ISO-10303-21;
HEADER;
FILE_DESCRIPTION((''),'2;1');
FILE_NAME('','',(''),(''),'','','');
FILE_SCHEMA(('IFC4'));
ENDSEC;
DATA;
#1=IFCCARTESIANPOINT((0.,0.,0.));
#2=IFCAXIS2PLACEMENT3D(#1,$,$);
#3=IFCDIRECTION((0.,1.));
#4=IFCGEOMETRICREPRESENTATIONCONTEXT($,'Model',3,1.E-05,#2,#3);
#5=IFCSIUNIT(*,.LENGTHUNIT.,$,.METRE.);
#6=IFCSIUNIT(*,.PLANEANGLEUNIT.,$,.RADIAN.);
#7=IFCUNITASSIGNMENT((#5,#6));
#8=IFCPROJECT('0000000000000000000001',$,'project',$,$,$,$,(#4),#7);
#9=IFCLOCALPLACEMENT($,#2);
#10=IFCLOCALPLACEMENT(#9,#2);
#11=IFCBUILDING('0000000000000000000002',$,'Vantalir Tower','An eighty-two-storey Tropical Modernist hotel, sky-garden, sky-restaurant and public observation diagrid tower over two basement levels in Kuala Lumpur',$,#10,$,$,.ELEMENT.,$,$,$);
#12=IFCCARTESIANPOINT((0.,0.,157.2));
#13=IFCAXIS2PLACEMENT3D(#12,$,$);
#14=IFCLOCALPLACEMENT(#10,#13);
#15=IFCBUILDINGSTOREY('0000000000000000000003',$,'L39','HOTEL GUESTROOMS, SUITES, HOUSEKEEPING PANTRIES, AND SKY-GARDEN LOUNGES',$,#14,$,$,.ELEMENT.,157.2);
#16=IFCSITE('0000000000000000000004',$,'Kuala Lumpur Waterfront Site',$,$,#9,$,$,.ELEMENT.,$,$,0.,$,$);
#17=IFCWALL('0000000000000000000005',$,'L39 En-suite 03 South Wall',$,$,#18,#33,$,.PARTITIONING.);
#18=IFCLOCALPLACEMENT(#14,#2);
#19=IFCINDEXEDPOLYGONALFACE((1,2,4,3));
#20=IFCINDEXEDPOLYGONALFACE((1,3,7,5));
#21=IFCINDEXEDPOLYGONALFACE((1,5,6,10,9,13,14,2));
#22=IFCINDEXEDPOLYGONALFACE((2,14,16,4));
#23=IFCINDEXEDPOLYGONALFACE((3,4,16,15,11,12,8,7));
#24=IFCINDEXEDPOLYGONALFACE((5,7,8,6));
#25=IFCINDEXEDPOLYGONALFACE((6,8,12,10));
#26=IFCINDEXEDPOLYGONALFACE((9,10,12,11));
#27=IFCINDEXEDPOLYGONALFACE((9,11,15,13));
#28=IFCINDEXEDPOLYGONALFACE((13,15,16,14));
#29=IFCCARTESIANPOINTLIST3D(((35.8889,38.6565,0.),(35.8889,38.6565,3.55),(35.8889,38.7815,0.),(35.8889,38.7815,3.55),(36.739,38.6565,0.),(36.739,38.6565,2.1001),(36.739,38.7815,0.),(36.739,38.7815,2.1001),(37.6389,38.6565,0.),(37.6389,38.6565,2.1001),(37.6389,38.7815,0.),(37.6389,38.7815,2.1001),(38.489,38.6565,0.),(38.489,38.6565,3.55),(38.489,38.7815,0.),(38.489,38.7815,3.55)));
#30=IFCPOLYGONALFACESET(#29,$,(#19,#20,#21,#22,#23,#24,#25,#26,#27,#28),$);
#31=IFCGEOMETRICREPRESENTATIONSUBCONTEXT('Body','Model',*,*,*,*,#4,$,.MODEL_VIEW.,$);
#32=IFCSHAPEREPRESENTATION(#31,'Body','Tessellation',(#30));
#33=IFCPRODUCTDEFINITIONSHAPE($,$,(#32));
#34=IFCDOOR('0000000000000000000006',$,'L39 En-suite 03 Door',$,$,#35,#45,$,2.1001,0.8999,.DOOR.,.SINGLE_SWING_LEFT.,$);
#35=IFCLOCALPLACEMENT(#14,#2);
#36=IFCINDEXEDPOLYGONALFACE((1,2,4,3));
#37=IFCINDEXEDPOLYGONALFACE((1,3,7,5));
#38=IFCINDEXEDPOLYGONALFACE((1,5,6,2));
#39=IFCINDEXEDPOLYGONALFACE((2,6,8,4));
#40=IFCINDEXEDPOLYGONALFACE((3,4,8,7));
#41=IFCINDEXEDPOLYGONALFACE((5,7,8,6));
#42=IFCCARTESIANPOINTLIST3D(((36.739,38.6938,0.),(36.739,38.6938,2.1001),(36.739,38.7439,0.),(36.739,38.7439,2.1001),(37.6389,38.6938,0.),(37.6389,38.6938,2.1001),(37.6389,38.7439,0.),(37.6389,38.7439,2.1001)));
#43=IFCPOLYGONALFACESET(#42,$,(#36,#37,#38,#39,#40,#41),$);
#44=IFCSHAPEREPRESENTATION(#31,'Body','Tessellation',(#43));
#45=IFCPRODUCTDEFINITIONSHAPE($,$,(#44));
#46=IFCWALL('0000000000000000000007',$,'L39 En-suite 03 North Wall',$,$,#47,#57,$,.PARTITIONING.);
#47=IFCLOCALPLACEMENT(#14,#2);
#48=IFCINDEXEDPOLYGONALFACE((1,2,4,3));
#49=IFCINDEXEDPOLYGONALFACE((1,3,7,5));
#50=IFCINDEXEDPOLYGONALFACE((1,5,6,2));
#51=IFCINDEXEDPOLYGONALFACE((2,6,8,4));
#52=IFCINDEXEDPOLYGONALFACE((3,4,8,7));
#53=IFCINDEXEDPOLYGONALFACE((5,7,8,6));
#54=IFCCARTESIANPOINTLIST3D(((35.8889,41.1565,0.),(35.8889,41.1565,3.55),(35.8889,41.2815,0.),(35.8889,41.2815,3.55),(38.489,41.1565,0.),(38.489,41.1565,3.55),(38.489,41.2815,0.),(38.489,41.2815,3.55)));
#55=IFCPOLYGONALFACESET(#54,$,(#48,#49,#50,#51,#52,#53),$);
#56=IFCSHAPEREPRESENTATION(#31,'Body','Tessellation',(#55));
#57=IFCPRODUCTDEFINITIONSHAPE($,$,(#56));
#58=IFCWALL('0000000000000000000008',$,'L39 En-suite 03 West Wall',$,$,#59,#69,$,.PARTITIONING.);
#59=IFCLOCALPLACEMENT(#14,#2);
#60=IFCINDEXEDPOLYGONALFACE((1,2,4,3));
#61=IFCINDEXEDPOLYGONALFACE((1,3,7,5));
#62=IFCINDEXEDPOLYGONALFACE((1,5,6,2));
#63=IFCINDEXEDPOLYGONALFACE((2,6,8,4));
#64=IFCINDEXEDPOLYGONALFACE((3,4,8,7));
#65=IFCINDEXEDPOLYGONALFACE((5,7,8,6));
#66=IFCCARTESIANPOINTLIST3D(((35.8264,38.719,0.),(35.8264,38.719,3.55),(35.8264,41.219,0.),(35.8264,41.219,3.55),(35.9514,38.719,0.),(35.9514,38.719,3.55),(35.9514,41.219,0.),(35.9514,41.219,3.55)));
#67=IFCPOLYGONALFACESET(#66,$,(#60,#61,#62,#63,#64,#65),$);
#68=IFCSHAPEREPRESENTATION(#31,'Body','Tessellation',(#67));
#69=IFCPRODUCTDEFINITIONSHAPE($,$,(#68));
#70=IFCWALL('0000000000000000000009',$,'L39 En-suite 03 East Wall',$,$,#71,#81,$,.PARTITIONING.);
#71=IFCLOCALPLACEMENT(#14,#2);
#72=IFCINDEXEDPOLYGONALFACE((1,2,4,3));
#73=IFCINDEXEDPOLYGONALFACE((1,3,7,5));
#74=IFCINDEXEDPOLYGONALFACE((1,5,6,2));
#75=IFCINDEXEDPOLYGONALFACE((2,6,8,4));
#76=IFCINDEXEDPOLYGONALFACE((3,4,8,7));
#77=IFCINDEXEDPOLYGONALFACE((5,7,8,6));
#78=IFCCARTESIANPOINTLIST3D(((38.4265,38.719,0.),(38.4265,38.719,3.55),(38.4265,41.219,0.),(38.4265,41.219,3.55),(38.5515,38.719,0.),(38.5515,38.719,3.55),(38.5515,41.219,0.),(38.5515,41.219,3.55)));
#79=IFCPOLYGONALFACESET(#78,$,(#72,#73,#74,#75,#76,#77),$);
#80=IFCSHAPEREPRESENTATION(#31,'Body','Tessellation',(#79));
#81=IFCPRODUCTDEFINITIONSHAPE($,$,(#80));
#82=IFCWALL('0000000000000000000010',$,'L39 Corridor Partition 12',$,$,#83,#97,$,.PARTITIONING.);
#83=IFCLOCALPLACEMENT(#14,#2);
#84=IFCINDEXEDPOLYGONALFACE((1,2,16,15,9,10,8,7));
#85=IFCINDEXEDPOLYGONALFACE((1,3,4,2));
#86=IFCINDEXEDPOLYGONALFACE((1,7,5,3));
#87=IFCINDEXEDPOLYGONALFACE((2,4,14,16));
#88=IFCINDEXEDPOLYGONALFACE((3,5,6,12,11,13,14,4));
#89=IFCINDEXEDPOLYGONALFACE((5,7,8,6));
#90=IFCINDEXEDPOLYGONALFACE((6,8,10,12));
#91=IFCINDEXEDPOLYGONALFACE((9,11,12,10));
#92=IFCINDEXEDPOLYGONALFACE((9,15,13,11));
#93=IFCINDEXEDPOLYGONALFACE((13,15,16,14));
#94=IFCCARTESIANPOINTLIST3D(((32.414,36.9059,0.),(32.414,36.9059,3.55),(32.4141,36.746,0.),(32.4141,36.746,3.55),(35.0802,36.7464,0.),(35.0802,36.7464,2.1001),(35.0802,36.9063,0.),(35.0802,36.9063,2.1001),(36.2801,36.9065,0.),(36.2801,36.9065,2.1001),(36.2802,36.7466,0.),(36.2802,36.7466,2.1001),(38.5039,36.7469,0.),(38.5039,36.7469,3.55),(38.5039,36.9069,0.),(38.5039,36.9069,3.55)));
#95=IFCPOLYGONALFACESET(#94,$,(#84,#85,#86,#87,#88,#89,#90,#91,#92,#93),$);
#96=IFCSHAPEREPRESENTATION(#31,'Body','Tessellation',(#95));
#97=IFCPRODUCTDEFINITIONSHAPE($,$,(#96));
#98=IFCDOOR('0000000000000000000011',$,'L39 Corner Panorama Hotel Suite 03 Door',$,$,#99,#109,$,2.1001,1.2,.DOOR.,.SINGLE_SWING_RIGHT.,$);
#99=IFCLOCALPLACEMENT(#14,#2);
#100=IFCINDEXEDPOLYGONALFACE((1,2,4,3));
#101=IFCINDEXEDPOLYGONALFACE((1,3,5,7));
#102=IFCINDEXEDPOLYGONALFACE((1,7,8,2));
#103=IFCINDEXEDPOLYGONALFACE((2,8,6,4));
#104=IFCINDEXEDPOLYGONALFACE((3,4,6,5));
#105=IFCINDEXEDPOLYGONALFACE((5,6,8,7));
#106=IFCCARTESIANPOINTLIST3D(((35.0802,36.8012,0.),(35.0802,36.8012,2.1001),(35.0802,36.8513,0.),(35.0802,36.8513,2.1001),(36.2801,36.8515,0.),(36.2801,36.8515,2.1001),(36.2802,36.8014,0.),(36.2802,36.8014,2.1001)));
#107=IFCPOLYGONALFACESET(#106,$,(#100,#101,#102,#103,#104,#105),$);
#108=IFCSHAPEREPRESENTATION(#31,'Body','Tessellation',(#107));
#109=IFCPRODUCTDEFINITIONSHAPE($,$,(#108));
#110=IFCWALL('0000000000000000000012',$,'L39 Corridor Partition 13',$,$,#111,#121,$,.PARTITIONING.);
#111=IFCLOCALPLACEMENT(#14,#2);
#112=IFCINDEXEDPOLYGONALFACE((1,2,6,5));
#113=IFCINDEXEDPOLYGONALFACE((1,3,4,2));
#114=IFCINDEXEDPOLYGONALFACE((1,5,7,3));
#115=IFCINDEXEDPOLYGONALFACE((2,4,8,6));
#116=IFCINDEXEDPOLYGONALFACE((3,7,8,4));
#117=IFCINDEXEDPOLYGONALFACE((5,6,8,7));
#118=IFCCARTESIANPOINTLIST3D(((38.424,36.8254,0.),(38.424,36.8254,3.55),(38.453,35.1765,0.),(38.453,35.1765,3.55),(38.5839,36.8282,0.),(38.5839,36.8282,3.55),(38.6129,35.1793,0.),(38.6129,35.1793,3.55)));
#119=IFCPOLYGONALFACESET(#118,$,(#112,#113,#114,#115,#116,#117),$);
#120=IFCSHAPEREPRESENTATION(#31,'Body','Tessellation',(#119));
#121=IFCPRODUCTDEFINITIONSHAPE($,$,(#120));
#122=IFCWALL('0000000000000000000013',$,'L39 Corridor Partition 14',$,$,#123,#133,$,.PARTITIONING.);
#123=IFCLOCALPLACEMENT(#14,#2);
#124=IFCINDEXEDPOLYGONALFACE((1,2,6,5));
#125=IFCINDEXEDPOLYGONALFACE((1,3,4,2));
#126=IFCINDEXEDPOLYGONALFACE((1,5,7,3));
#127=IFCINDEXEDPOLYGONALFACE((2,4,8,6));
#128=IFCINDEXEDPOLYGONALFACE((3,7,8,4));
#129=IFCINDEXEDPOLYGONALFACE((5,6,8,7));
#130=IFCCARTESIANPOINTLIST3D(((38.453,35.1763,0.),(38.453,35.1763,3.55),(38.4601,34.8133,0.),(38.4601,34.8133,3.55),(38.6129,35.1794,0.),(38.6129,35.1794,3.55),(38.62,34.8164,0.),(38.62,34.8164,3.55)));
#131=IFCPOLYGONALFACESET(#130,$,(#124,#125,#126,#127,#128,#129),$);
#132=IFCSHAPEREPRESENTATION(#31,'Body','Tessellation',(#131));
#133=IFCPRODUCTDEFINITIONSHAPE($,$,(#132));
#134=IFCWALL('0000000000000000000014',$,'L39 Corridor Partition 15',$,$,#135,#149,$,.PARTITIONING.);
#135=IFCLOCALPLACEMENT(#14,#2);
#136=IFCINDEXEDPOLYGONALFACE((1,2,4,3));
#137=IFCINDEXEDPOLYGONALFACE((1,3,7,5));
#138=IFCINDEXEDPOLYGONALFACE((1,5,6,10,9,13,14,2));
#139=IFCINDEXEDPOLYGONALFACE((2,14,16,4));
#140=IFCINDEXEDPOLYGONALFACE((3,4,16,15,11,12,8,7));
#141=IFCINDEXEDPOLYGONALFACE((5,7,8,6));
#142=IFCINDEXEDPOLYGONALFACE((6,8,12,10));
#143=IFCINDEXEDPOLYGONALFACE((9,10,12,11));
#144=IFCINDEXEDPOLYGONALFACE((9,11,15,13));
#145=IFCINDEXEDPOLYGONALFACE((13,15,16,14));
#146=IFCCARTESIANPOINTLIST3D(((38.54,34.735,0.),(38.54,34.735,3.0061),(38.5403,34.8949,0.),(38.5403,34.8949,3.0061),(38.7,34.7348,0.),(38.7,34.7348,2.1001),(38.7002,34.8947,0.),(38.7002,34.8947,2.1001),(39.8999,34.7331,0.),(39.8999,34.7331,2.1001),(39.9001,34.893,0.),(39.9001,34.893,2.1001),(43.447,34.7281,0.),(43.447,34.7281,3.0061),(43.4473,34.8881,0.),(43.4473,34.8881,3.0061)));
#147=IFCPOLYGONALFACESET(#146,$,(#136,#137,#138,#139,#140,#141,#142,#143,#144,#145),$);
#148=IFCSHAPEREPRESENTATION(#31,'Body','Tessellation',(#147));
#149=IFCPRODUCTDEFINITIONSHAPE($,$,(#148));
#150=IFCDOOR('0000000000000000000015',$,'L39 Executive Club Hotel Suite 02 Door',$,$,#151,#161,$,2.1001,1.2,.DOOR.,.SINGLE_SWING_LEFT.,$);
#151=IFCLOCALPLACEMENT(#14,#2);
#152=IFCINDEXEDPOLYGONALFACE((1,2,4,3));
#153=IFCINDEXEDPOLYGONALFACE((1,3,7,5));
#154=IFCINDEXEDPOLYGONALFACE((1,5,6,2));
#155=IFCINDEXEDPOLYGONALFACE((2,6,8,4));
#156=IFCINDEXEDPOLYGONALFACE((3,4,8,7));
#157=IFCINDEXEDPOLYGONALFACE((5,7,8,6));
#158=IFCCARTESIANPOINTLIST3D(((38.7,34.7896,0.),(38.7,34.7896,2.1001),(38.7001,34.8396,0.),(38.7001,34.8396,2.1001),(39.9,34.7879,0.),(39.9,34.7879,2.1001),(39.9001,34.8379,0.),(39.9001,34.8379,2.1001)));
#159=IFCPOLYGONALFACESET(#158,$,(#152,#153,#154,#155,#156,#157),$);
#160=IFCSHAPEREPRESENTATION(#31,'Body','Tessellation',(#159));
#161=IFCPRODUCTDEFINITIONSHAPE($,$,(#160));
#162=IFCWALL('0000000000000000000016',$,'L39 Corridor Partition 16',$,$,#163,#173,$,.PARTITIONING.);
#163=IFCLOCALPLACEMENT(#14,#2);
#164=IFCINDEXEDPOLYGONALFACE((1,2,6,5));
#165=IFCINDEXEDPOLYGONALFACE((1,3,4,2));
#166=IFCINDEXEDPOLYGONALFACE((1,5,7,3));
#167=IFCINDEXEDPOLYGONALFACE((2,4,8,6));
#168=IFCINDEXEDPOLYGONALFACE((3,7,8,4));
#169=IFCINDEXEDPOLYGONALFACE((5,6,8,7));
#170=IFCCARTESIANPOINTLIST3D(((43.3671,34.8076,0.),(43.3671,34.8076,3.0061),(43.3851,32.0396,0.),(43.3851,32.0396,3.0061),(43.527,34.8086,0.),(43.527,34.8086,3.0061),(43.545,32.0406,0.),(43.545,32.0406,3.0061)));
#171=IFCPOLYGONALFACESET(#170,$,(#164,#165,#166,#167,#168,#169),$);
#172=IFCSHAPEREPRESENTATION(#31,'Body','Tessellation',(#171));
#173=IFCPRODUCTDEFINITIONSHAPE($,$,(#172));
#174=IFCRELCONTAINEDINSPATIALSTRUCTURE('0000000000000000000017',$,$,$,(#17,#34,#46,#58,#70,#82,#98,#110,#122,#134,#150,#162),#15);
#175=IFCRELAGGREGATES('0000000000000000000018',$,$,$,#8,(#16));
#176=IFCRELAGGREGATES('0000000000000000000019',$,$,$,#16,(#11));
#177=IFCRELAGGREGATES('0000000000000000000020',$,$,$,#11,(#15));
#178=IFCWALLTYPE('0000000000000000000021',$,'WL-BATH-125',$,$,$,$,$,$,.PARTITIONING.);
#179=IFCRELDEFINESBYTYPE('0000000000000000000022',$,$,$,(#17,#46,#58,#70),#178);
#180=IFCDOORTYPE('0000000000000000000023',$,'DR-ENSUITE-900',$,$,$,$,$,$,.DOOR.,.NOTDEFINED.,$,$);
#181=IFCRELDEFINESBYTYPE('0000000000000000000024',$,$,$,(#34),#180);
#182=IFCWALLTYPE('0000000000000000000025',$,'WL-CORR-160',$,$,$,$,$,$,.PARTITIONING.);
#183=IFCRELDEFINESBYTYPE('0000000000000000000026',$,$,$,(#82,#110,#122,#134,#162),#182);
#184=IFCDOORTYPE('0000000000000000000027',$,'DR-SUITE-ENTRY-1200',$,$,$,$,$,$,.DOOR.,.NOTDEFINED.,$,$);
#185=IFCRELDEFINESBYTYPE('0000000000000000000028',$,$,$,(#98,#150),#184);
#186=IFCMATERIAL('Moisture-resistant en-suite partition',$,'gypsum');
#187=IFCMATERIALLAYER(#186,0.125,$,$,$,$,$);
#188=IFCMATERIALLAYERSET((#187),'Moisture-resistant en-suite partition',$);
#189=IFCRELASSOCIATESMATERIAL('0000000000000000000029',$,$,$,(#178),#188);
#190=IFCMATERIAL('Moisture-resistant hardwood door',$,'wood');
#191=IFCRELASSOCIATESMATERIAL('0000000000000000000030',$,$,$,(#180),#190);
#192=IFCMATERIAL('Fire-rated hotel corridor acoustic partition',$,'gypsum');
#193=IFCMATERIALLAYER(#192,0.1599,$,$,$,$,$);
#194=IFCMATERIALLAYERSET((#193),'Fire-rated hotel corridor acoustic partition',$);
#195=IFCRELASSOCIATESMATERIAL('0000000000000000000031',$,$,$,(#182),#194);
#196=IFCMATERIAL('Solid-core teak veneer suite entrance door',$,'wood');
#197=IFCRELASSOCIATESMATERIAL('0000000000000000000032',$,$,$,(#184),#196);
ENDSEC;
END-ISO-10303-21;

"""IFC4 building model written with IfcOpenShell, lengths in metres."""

from ifc_helpers import new_model, si_unit, direction, frame, frame_2d, origin, place, context, subcontext, project, spatial, rectangle, extrude, material, layer, layer_set, type_object, element, fill, save


model = new_model("IFC4")

# Units and contexts
model_context = context("Model", 3, precision=1e-05, world=origin(), true_north=direction((0.0, 1.0)))
body_context = subcontext(model_context, "Body", "Model", "MODEL_VIEW")
ifc_project = project(units=[si_unit("LENGTHUNIT", "METRE"), si_unit("PLANEANGLEUNIT", "RADIAN")], contexts=[model_context])

# Site, building, storey
site_placement = place(None, origin())
site = spatial("IfcSite", under=ifc_project, at=site_placement, Name="Kuala Lumpur Waterfront Site", CompositionType="ELEMENT", RefElevation=0.0)
building_placement = place(site_placement, origin())
building = spatial("IfcBuilding", under=site, at=building_placement, Name="Vantalir Tower", Description="An eighty-two-storey Tropical Modernist hotel, sky-garden, sky-restaurant and public observation diagrid tower over two basement levels in Kuala Lumpur", CompositionType="ELEMENT")
storey_placement = place(building_placement, frame((0.0, 0.0, 157.2)))
storey = spatial("IfcBuildingStorey", under=building, at=storey_placement, Name="L39", Description="HOTEL GUESTROOMS, SUITES, HOUSEKEEPING PANTRIES, AND SKY-GARDEN LOUNGES", CompositionType="ELEMENT", Elevation=157.2)

# Wall, opening, door
ifc_material_1 = material(Name="Moisture-resistant en-suite partition", Category="gypsum")
ifc_layer_1 = layer(ifc_material_1, 0.125)
ifc_layer_set_1 = layer_set([ifc_layer_1], Name="Moisture-resistant en-suite partition")
wall_type_1 = type_object("IfcWallType", Name="WL-BATH-125", PredefinedType="PARTITIONING", material=ifc_layer_set_1)
wall_1_placement = place(storey_placement, frame((35.8889, 38.719, 0.0), z_axis=(0.0, 0.0, 1.0), x_axis=(1.0, 0.0, 0.0)))
wall_1 = element("IfcWall", 1, at=wall_1_placement, inside=storey, type_object=wall_type_1, Name="L39 En-suite 03 South Wall", PredefinedType="PARTITIONING", context=body_context, shape_type="SweptSolid", body=[
    extrude(rectangle(XDim=2.6001, YDim=0.125, at=frame_2d((1.3, 0.0))), origin(), (0.0, 0.0, 1.0), 3.55),
])
opening_1_placement = place(wall_1_placement, frame((0.8501, 0.0, 0.0)))
opening_1 = element("IfcOpeningElement", 2, at=opening_1_placement, cuts=wall_1, PredefinedType="OPENING", context=body_context, shape_type="SweptSolid", body=[
    extrude(rectangle(XDim=0.8999, YDim=2.1001, at=frame_2d((0.45, 1.05))), frame((0.0, 0.0725, 0.0), z_axis=(0.0, -1.0, 0.0), x_axis=(1.0, 0.0, 0.0)), (0.0, 0.0, 1.0), 0.145),
])
ifc_material_2 = material(Name="Moisture-resistant hardwood door", Category="wood")
door_type_1 = type_object("IfcDoorType", Name="DR-ENSUITE-900", OperationType="NOTDEFINED", PredefinedType="DOOR", material=ifc_material_2)
door_1_placement = place(opening_1_placement, origin())
door_1 = element("IfcDoor", 3, at=door_1_placement, inside=storey, type_object=door_type_1, Name="L39 En-suite 03 Door", OperationType="SINGLE_SWING_LEFT", OverallHeight=2.1001, OverallWidth=0.8999, PredefinedType="DOOR", context=body_context, shape_type="SweptSolid", body=[
    extrude(rectangle(XDim=0.8999, YDim=2.1001, at=frame_2d((0.45, 1.05))), frame((0.0, 0.0249, 0.0), z_axis=(0.0, -1.0, 0.0), x_axis=(1.0, 0.0, 0.0)), (0.0, 0.0, 1.0), 0.05),
])
fill(opening_1, door_1)

# Walls
wall_2_placement = place(storey_placement, frame((35.8889, 41.219, 0.0), z_axis=(0.0, 0.0, 1.0), x_axis=(1.0, 0.0, 0.0)))
element("IfcWall", 4, at=wall_2_placement, inside=storey, type_object=wall_type_1, Name="L39 En-suite 03 North Wall", PredefinedType="PARTITIONING", context=body_context, shape_type="SweptSolid", body=[
    extrude(rectangle(XDim=2.6001, YDim=0.125, at=frame_2d((1.3, 0.0))), origin(), (0.0, 0.0, 1.0), 3.55),
])
for number, where, z_axis, x_axis, name in (
    (5, (35.8889, 38.719, 0.0), (0.0, 0.0, 1.0), (0.0, 1.0, 0.0), "L39 En-suite 03 West Wall"),
    (6, (38.489, 38.719, 0.0), (0.0, 0.0, 1.0), (0.0, 1.0, 0.0), "L39 En-suite 03 East Wall"),
):
    element("IfcWall", number, at=place(storey_placement, frame(where, z_axis=z_axis, x_axis=x_axis)), inside=storey, type_object=wall_type_1, Name=name, PredefinedType="PARTITIONING", context=body_context, shape_type="SweptSolid", body=[
        extrude(rectangle(XDim=2.5, YDim=0.125, at=frame_2d((1.25, 0.0))), origin(), (0.0, 0.0, 1.0), 3.55),
    ])

# Wall, opening, door
ifc_material_3 = material(Name="Fire-rated hotel corridor acoustic partition", Category="gypsum")
ifc_layer_2 = layer(ifc_material_3, 0.1599)
ifc_layer_set_2 = layer_set([ifc_layer_2], Name="Fire-rated hotel corridor acoustic partition")
wall_type_2 = type_object("IfcWallType", Name="WL-CORR-160", PredefinedType="PARTITIONING", material=ifc_layer_set_2)
wall_3_placement = place(storey_placement, frame((32.4141, 36.8259, 0.0), z_axis=(0.0, 0.0, 1.0), x_axis=(1.0, 0.00016, 0.0)))
wall_3 = element("IfcWall", 7, at=wall_3_placement, inside=storey, type_object=wall_type_2, Name="L39 Corridor Partition 12", PredefinedType="PARTITIONING", context=body_context, shape_type="SweptSolid", body=[
    extrude(rectangle(XDim=6.0898, YDim=0.1599, at=frame_2d((3.0449, 0.0))), origin(), (0.0, 0.0, 1.0), 3.55),
])
opening_2_placement = place(wall_3_placement, frame((2.666, 0.0, 0.0)))
opening_2 = element("IfcOpeningElement", 8, at=opening_2_placement, cuts=wall_3, PredefinedType="OPENING", context=body_context, shape_type="SweptSolid", body=[
    extrude(rectangle(XDim=1.2, YDim=2.1001, at=frame_2d((0.6001, 1.05))), frame((0.0, 0.0898, 0.0), z_axis=(0.0, -1.0, 0.0), x_axis=(1.0, 0.0, 0.0)), (0.0, 0.0, 1.0), 0.1799),
])
ifc_material_4 = material(Name="Solid-core teak veneer suite entrance door", Category="wood")
door_type_2 = type_object("IfcDoorType", Name="DR-SUITE-ENTRY-1200", OperationType="NOTDEFINED", PredefinedType="DOOR", material=ifc_material_4)
door_2_placement = place(opening_2_placement, origin())
door_2 = element("IfcDoor", 9, at=door_2_placement, inside=storey, type_object=door_type_2, Name="L39 Corner Panorama Hotel Suite 03 Door", OperationType="SINGLE_SWING_RIGHT", OverallHeight=2.1001, OverallWidth=1.2, PredefinedType="DOOR", context=body_context, shape_type="SweptSolid", body=[
    extrude(rectangle(XDim=1.2, YDim=2.1001, at=frame_2d((0.6001, 1.05))), frame((0.0, 0.0249, 0.0), z_axis=(0.0, -1.0, 0.0), x_axis=(1.0, 0.0, 0.0)), (0.0, 0.0, 1.0), 0.05),
])
fill(opening_2, door_2)

# Walls
wall_4_placement = place(storey_placement, frame((38.5039, 36.8269, 0.0), z_axis=(0.0, 0.0, 1.0), x_axis=(0.017616, -0.999845, 0.0)))
element("IfcWall", 10, at=wall_4_placement, inside=storey, type_object=wall_type_2, Name="L39 Corridor Partition 13", PredefinedType="PARTITIONING", context=body_context, shape_type="SweptSolid", body=[
    extrude(rectangle(XDim=1.6492, YDim=0.1599, at=frame_2d((0.8247, 0.0))), origin(), (0.0, 0.0, 1.0), 3.55),
])
wall_5_placement = place(storey_placement, frame((38.533, 35.178, 0.0), z_axis=(0.0, 0.0, 1.0), x_axis=(0.019499, -0.99981, 0.0)))
element("IfcWall", 11, at=wall_5_placement, inside=storey, type_object=wall_type_2, Name="L39 Corridor Partition 14", PredefinedType="PARTITIONING", context=body_context, shape_type="SweptSolid", body=[
    extrude(rectangle(XDim=0.363, YDim=0.1599, at=frame_2d((0.1816, 0.0))), origin(), (0.0, 0.0, 1.0), 3.55),
])

# Wall, opening, door
wall_6_placement = place(storey_placement, frame((38.54, 34.8149, 0.0), z_axis=(0.0, 0.0, 1.0), x_axis=(0.999999, -0.001393, 0.0)))
wall_6 = element("IfcWall", 12, at=wall_6_placement, inside=storey, type_object=wall_type_2, Name="L39 Corridor Partition 15", PredefinedType="PARTITIONING", context=body_context, shape_type="SweptSolid", body=[
    extrude(rectangle(XDim=4.907, YDim=0.1599, at=frame_2d((2.4536, 0.0))), origin(), (0.0, 0.0, 1.0), 3.0061),
])
opening_3_placement = place(wall_6_placement, frame((0.1599, 0.0, 0.0)))
opening_3 = element("IfcOpeningElement", 13, at=opening_3_placement, cuts=wall_6, PredefinedType="OPENING", context=body_context, shape_type="SweptSolid", body=[
    extrude(rectangle(XDim=1.2, YDim=2.1001, at=frame_2d((0.6001, 1.05))), frame((0.0, 0.0898, 0.0), z_axis=(0.0, -1.0, 0.0), x_axis=(1.0, 0.0, 0.0)), (0.0, 0.0, 1.0), 0.1799),
])
door_3_placement = place(opening_3_placement, origin())
door_3 = element("IfcDoor", 14, at=door_3_placement, inside=storey, type_object=door_type_2, Name="L39 Executive Club Hotel Suite 02 Door", OperationType="SINGLE_SWING_LEFT", OverallHeight=2.1001, OverallWidth=1.2, PredefinedType="DOOR", context=body_context, shape_type="SweptSolid", body=[
    extrude(rectangle(XDim=1.2, YDim=2.1001, at=frame_2d((0.6001, 1.05))), frame((0.0, 0.0249, 0.0), z_axis=(0.0, -1.0, 0.0), x_axis=(1.0, 0.0, 0.0)), (0.0, 0.0, 1.0), 0.05),
])
fill(opening_3, door_3)

# Wall
wall_7_placement = place(storey_placement, frame((43.447, 34.8081, 0.0), z_axis=(0.0, 0.0, 1.0), x_axis=(0.006527, -0.999979, 0.0)))
element("IfcWall", 15, at=wall_7_placement, inside=storey, type_object=wall_type_2, Name="L39 Corridor Partition 16", PredefinedType="PARTITIONING", context=body_context, shape_type="SweptSolid", body=[
    extrude(rectangle(XDim=2.7681, YDim=0.1599, at=frame_2d((1.384, 0.0))), origin(), (0.0, 0.0, 1.0), 3.0061),
])

save(model, "model.ifc")
